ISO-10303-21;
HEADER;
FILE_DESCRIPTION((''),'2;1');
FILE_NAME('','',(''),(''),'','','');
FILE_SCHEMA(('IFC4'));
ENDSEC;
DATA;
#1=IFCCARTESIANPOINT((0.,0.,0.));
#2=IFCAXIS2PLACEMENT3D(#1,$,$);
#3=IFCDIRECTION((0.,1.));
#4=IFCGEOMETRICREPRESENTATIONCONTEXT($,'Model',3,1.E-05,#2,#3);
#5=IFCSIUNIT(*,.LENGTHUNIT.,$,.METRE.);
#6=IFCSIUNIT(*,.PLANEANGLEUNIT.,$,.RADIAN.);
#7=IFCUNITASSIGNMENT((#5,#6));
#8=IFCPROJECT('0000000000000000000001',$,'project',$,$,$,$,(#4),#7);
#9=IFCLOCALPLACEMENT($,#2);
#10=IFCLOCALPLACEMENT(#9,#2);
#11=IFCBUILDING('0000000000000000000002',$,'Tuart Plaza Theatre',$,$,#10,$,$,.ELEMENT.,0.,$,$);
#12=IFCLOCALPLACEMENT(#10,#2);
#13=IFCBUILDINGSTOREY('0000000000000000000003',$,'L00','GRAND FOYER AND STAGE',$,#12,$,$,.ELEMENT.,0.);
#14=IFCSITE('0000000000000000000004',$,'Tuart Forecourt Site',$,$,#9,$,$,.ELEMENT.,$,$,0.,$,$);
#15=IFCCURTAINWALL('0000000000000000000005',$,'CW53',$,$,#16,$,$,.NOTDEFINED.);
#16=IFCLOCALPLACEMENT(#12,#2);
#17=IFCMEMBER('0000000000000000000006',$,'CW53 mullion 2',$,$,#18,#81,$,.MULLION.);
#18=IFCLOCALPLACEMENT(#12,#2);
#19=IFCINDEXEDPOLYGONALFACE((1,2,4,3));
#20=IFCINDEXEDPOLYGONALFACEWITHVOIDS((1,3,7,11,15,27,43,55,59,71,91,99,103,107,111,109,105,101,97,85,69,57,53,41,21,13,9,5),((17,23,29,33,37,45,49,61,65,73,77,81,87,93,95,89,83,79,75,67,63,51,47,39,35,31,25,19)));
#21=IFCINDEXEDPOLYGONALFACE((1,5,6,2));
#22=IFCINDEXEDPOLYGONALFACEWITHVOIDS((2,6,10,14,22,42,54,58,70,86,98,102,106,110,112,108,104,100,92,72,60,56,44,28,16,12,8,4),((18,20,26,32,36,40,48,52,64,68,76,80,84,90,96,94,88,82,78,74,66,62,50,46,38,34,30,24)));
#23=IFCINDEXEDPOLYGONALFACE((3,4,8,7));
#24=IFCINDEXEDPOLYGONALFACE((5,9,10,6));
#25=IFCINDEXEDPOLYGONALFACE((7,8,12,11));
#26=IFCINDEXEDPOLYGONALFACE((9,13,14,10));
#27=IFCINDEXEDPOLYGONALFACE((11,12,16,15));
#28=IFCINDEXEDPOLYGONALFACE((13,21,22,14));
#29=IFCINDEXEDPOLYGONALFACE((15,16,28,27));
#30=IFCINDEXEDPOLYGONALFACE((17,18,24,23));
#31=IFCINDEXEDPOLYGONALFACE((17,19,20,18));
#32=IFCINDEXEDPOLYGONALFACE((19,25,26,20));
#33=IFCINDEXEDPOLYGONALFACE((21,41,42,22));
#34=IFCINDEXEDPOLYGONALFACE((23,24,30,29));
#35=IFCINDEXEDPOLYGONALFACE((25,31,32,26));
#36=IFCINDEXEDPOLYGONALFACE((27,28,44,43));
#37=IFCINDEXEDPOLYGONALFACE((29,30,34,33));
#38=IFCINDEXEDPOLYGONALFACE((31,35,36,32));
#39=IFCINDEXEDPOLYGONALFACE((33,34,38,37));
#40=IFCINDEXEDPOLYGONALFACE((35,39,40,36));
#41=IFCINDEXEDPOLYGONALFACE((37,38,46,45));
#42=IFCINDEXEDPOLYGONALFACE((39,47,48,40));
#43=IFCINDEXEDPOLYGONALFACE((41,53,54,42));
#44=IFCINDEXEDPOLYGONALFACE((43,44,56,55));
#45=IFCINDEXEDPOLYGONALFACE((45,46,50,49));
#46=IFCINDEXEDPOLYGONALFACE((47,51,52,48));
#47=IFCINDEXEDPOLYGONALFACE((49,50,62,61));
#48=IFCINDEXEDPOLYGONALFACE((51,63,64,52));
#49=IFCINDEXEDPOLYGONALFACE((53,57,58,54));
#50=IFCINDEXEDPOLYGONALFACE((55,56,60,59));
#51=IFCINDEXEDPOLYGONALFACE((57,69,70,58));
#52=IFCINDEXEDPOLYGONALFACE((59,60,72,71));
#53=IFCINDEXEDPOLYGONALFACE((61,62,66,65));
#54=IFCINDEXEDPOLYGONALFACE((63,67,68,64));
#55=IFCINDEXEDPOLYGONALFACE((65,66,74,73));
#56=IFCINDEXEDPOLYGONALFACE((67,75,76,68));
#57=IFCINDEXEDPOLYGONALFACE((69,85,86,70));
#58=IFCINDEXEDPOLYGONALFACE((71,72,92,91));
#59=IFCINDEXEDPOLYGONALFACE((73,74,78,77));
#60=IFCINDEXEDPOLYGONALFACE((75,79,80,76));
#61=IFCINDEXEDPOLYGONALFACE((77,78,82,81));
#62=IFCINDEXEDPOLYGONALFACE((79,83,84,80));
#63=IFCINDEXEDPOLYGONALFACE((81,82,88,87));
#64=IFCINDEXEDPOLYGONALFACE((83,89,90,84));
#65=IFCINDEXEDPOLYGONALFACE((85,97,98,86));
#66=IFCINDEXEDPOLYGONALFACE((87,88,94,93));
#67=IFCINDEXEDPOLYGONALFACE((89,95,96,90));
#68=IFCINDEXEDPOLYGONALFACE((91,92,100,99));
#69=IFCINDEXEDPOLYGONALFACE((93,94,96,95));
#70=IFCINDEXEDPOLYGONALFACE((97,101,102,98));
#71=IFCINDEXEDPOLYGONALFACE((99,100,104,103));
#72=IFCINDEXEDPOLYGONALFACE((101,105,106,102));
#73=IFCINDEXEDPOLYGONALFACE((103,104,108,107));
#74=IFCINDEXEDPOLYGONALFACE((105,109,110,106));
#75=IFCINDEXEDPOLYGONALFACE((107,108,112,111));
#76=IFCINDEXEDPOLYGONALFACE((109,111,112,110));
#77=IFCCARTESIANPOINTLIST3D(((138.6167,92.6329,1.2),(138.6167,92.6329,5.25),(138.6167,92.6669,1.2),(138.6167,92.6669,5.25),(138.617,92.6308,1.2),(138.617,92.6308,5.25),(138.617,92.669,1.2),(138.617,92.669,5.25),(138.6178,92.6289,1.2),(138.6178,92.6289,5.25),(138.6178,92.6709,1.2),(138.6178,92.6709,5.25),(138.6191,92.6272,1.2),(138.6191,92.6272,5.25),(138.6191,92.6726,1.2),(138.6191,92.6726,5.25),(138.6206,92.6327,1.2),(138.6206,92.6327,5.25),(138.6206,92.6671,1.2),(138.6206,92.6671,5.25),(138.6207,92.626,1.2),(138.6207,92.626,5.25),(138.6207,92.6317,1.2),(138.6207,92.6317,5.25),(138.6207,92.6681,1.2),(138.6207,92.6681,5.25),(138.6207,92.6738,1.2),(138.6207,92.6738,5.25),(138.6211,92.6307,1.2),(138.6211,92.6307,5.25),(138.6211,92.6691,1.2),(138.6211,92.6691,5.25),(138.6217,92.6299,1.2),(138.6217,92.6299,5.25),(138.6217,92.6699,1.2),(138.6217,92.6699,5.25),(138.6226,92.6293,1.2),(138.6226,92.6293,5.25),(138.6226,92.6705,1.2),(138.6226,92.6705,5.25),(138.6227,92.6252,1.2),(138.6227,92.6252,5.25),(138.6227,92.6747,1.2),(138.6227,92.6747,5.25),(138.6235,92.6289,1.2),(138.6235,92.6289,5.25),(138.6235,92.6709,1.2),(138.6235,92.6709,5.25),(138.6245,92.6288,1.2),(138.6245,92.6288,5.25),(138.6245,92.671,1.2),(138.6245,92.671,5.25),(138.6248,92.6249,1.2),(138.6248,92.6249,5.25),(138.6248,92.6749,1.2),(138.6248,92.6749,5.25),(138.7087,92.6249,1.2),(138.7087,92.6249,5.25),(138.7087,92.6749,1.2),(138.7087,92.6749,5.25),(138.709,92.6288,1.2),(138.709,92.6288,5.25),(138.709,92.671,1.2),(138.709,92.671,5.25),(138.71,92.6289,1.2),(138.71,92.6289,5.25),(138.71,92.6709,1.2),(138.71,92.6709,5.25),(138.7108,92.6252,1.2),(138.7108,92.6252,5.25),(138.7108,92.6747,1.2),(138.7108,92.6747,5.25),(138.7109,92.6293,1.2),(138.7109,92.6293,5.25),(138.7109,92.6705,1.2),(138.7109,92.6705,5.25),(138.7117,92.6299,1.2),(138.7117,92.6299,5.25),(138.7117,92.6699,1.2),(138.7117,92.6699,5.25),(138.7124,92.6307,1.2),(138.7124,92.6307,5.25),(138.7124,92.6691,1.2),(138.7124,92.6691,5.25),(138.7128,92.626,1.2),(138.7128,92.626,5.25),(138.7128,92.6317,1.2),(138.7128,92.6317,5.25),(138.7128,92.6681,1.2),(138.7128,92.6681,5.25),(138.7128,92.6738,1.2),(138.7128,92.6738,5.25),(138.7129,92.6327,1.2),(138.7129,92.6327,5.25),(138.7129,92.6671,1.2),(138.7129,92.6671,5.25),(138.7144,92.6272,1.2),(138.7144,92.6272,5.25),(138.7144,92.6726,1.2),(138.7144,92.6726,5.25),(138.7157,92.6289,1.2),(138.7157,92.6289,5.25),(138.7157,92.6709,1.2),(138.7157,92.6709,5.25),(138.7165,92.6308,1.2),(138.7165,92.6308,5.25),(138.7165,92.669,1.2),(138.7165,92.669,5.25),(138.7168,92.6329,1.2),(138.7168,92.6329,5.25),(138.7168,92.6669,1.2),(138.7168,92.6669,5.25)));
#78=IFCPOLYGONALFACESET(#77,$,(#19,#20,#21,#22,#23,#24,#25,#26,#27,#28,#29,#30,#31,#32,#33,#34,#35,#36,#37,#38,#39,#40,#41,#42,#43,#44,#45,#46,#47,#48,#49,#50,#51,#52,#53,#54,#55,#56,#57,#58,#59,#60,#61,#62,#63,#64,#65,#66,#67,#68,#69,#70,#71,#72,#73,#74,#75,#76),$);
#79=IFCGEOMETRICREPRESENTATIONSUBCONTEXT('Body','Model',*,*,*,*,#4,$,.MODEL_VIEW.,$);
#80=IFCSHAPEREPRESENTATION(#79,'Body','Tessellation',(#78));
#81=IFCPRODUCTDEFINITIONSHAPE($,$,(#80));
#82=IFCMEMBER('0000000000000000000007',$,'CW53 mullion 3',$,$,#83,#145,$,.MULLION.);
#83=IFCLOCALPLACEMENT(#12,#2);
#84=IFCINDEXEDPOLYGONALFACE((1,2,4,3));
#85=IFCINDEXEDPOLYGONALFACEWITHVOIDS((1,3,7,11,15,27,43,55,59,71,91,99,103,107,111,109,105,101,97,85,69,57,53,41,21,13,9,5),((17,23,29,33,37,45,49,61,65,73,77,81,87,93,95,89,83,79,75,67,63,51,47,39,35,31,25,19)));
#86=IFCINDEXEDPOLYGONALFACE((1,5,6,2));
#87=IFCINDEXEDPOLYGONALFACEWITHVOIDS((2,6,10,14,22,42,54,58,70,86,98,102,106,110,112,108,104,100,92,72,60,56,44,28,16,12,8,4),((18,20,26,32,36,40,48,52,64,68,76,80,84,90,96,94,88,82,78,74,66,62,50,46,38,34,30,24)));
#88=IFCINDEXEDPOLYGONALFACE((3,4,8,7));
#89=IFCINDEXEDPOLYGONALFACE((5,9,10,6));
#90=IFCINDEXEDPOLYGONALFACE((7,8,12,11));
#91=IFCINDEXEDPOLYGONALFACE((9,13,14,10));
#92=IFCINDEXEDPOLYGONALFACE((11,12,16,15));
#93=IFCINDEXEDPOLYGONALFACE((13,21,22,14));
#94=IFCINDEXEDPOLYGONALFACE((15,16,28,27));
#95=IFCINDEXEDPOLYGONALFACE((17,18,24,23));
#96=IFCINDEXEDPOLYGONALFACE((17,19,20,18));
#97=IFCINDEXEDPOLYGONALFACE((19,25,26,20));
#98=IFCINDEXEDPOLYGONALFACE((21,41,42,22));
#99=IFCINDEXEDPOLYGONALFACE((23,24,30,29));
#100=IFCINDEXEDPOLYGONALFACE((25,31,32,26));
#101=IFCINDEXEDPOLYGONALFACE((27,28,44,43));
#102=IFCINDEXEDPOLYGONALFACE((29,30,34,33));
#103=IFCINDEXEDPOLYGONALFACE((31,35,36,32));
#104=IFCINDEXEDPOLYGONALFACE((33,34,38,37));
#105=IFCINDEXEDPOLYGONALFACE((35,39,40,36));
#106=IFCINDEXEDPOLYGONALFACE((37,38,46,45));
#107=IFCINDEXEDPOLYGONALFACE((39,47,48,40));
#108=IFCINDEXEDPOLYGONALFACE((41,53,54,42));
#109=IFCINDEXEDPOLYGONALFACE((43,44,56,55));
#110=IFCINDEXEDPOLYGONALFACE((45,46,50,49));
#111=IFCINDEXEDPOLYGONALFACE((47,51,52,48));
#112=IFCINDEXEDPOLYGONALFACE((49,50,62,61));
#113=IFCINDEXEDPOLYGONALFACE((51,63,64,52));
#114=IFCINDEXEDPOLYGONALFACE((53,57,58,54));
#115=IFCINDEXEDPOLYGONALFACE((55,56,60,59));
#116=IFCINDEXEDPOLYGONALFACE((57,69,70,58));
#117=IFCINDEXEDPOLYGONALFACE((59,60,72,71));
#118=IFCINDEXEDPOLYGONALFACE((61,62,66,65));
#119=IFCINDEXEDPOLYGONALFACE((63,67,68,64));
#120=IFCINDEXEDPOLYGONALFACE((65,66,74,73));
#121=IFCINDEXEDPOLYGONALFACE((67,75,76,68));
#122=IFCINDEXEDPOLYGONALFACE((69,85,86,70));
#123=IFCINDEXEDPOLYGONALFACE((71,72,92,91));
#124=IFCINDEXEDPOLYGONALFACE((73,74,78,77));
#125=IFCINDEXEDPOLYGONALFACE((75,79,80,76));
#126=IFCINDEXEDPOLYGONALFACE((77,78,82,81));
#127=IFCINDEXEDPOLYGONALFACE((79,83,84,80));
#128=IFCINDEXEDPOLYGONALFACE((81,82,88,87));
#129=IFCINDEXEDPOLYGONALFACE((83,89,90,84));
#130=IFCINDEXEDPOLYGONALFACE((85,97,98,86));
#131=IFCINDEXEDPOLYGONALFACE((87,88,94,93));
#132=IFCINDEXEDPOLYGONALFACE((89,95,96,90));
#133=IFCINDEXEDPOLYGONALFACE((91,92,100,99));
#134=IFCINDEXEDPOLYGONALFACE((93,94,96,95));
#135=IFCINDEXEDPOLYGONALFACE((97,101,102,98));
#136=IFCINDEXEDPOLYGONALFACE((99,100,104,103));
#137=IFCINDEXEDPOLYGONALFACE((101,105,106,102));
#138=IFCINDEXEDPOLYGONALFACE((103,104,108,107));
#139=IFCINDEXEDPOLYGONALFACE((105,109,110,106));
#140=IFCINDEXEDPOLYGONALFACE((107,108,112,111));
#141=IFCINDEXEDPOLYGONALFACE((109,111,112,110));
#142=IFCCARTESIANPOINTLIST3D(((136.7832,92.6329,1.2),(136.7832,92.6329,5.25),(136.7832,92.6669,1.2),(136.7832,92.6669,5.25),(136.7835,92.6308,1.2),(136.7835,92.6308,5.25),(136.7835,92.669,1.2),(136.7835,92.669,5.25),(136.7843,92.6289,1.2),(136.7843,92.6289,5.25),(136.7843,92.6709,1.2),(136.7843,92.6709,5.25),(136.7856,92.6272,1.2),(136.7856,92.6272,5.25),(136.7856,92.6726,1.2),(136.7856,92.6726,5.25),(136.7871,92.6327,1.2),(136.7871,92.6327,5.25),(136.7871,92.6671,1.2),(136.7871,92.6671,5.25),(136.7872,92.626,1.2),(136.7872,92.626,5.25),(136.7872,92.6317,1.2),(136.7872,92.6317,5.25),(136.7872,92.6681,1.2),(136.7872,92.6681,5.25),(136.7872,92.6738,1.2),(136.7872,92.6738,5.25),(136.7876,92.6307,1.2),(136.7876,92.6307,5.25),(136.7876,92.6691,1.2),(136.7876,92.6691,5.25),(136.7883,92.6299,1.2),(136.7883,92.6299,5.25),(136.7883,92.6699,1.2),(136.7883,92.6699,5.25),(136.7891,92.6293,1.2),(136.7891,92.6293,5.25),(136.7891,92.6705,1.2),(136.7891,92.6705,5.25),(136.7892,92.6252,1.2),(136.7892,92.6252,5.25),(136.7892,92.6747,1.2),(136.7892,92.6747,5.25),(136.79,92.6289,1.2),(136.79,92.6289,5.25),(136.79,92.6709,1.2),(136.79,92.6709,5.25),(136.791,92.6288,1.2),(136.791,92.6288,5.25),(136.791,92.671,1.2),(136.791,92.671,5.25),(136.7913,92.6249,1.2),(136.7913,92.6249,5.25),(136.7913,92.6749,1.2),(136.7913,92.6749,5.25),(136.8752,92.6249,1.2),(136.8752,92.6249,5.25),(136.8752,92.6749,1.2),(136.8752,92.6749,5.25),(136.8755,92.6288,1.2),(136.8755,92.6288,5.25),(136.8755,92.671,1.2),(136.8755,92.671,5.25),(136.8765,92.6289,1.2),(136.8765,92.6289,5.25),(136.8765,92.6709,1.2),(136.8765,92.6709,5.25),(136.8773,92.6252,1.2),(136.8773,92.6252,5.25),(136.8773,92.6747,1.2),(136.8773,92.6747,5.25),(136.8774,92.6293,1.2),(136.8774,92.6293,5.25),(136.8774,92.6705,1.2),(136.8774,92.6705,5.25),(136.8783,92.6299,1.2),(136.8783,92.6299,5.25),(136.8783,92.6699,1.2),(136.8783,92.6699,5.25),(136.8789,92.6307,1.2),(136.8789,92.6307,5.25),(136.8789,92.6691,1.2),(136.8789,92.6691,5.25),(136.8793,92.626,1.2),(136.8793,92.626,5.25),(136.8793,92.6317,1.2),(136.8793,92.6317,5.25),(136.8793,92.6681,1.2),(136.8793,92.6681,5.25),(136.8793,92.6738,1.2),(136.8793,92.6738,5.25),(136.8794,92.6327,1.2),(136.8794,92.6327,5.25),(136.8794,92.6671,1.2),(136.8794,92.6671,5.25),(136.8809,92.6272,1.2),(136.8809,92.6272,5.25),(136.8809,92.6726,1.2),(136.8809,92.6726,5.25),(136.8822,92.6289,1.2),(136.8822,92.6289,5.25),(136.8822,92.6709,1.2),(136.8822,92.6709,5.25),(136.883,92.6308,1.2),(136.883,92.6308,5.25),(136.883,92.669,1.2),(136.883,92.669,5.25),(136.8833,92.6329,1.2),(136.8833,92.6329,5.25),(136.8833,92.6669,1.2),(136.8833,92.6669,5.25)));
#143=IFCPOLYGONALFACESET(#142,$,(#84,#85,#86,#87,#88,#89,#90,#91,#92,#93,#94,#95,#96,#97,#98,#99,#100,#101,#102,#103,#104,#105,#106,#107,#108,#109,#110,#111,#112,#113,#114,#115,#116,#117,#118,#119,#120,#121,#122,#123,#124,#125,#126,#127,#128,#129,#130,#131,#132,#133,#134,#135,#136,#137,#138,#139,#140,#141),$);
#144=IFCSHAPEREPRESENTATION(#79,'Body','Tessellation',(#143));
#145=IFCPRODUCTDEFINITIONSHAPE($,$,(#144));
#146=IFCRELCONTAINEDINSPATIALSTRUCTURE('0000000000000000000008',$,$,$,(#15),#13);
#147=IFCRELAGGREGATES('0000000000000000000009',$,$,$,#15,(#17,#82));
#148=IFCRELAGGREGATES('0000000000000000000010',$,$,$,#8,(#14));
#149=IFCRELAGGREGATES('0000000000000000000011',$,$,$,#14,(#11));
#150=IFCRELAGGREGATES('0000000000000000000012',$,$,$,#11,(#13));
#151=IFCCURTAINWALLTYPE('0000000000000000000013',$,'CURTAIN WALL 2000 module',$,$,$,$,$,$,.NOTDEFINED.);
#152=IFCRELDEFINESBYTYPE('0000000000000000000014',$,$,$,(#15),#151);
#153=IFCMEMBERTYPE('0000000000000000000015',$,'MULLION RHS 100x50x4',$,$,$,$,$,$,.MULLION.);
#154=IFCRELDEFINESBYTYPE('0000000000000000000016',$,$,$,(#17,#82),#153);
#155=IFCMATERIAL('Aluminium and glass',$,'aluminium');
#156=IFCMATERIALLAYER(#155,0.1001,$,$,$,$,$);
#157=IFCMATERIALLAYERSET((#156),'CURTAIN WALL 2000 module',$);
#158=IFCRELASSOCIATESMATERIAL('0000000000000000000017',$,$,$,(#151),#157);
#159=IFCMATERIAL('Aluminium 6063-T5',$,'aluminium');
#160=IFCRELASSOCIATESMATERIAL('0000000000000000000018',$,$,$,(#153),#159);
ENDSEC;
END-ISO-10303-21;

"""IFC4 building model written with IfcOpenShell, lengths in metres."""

from ifc_helpers import new_model, si_unit, direction, frame, origin, origin_2d, place, context, subcontext, project, spatial, hollow_rectangle, extrude, material, layer, layer_set, material_profile, profile_set, type_object, element, aggregate, save


model = new_model("IFC4")

# Units and contexts
model_context = context("Model", 3, precision=1e-05, world=origin(), true_north=direction((0.0, 1.0)))
body_context = subcontext(model_context, "Body", "Model", "MODEL_VIEW")
ifc_project = project(units=[si_unit("LENGTHUNIT", "METRE"), si_unit("PLANEANGLEUNIT", "RADIAN")], contexts=[model_context])

# Site, building, storey
site_placement = place(None, origin())
site = spatial("IfcSite", under=ifc_project, at=site_placement, Name="Tuart Forecourt Site", CompositionType="ELEMENT", RefElevation=0.0)
building_placement = place(site_placement, origin())
building = spatial("IfcBuilding", under=site, at=building_placement, Name="Tuart Plaza Theatre", CompositionType="ELEMENT", ElevationOfRefHeight=0.0)
storey_placement = place(building_placement, origin())
storey = spatial("IfcBuildingStorey", under=building, at=storey_placement, Name="L00", Description="GRAND FOYER AND STAGE", CompositionType="ELEMENT", Elevation=0.0)

# Curtain wall, members
ifc_material_1 = material(Name="Aluminium and glass", Category="aluminium")
ifc_layer_1 = layer(ifc_material_1, 0.1001)
ifc_layer_set_1 = layer_set([ifc_layer_1], Name="CURTAIN WALL 2000 module")
curtain_wall_type = type_object("IfcCurtainWallType", Name="CURTAIN WALL 2000 module", PredefinedType="NOTDEFINED", material=ifc_layer_set_1)
curtain_wall_placement = place(storey_placement, origin())
curtain_wall = element("IfcCurtainWall", 1, at=curtain_wall_placement, inside=storey, type_object=curtain_wall_type, Name="CW53", PredefinedType="NOTDEFINED")
ifc_material_2 = material(Name="Aluminium 6063-T5", Category="aluminium")
ifc_material_profile_1 = material_profile(ifc_material_2, hollow_rectangle(XDim=0.05, YDim=0.1001, WallThickness=0.0039, InnerFilletRadius=0.0039, OuterFilletRadius=0.0081, at=origin_2d()), Name="RHS 100x50x4")
ifc_profile_set_1 = profile_set([ifc_material_profile_1], Name="Aluminium 6063-T5")
member_type_1 = type_object("IfcMemberType", Name="MULLION RHS 100x50x4", PredefinedType="MULLION", material=ifc_profile_set_1)
member_1_placement = place(storey_placement, frame((138.6667, 92.6499, 1.2), z_axis=(0.0, 0.0, 1.0), x_axis=(0.0, -1.0, 0.0)))
member_1 = element("IfcMember", 2, at=member_1_placement, type_object=member_type_1, Name="CW53 mullion 2", PredefinedType="MULLION", context=body_context, shape_type="SweptSolid", body=[
    extrude(hollow_rectangle(XDim=0.05, YDim=0.1001, WallThickness=0.0039, InnerFilletRadius=0.0039, OuterFilletRadius=0.0081, at=origin_2d()), origin(), (0.0, 0.0, 1.0), 4.05),
])
member_2_placement = place(storey_placement, frame((136.8333, 92.6499, 1.2), z_axis=(0.0, 0.0, 1.0), x_axis=(0.0, -1.0, 0.0)))
member_2 = element("IfcMember", 3, at=member_2_placement, type_object=member_type_1, Name="CW53 mullion 3", PredefinedType="MULLION", context=body_context, shape_type="SweptSolid", body=[
    extrude(hollow_rectangle(XDim=0.05, YDim=0.1001, WallThickness=0.0039, InnerFilletRadius=0.0039, OuterFilletRadius=0.0081, at=origin_2d()), origin(), (0.0, 0.0, 1.0), 4.05),
])
aggregate(curtain_wall, [member_1, member_2])

save(model, "model.ifc")
